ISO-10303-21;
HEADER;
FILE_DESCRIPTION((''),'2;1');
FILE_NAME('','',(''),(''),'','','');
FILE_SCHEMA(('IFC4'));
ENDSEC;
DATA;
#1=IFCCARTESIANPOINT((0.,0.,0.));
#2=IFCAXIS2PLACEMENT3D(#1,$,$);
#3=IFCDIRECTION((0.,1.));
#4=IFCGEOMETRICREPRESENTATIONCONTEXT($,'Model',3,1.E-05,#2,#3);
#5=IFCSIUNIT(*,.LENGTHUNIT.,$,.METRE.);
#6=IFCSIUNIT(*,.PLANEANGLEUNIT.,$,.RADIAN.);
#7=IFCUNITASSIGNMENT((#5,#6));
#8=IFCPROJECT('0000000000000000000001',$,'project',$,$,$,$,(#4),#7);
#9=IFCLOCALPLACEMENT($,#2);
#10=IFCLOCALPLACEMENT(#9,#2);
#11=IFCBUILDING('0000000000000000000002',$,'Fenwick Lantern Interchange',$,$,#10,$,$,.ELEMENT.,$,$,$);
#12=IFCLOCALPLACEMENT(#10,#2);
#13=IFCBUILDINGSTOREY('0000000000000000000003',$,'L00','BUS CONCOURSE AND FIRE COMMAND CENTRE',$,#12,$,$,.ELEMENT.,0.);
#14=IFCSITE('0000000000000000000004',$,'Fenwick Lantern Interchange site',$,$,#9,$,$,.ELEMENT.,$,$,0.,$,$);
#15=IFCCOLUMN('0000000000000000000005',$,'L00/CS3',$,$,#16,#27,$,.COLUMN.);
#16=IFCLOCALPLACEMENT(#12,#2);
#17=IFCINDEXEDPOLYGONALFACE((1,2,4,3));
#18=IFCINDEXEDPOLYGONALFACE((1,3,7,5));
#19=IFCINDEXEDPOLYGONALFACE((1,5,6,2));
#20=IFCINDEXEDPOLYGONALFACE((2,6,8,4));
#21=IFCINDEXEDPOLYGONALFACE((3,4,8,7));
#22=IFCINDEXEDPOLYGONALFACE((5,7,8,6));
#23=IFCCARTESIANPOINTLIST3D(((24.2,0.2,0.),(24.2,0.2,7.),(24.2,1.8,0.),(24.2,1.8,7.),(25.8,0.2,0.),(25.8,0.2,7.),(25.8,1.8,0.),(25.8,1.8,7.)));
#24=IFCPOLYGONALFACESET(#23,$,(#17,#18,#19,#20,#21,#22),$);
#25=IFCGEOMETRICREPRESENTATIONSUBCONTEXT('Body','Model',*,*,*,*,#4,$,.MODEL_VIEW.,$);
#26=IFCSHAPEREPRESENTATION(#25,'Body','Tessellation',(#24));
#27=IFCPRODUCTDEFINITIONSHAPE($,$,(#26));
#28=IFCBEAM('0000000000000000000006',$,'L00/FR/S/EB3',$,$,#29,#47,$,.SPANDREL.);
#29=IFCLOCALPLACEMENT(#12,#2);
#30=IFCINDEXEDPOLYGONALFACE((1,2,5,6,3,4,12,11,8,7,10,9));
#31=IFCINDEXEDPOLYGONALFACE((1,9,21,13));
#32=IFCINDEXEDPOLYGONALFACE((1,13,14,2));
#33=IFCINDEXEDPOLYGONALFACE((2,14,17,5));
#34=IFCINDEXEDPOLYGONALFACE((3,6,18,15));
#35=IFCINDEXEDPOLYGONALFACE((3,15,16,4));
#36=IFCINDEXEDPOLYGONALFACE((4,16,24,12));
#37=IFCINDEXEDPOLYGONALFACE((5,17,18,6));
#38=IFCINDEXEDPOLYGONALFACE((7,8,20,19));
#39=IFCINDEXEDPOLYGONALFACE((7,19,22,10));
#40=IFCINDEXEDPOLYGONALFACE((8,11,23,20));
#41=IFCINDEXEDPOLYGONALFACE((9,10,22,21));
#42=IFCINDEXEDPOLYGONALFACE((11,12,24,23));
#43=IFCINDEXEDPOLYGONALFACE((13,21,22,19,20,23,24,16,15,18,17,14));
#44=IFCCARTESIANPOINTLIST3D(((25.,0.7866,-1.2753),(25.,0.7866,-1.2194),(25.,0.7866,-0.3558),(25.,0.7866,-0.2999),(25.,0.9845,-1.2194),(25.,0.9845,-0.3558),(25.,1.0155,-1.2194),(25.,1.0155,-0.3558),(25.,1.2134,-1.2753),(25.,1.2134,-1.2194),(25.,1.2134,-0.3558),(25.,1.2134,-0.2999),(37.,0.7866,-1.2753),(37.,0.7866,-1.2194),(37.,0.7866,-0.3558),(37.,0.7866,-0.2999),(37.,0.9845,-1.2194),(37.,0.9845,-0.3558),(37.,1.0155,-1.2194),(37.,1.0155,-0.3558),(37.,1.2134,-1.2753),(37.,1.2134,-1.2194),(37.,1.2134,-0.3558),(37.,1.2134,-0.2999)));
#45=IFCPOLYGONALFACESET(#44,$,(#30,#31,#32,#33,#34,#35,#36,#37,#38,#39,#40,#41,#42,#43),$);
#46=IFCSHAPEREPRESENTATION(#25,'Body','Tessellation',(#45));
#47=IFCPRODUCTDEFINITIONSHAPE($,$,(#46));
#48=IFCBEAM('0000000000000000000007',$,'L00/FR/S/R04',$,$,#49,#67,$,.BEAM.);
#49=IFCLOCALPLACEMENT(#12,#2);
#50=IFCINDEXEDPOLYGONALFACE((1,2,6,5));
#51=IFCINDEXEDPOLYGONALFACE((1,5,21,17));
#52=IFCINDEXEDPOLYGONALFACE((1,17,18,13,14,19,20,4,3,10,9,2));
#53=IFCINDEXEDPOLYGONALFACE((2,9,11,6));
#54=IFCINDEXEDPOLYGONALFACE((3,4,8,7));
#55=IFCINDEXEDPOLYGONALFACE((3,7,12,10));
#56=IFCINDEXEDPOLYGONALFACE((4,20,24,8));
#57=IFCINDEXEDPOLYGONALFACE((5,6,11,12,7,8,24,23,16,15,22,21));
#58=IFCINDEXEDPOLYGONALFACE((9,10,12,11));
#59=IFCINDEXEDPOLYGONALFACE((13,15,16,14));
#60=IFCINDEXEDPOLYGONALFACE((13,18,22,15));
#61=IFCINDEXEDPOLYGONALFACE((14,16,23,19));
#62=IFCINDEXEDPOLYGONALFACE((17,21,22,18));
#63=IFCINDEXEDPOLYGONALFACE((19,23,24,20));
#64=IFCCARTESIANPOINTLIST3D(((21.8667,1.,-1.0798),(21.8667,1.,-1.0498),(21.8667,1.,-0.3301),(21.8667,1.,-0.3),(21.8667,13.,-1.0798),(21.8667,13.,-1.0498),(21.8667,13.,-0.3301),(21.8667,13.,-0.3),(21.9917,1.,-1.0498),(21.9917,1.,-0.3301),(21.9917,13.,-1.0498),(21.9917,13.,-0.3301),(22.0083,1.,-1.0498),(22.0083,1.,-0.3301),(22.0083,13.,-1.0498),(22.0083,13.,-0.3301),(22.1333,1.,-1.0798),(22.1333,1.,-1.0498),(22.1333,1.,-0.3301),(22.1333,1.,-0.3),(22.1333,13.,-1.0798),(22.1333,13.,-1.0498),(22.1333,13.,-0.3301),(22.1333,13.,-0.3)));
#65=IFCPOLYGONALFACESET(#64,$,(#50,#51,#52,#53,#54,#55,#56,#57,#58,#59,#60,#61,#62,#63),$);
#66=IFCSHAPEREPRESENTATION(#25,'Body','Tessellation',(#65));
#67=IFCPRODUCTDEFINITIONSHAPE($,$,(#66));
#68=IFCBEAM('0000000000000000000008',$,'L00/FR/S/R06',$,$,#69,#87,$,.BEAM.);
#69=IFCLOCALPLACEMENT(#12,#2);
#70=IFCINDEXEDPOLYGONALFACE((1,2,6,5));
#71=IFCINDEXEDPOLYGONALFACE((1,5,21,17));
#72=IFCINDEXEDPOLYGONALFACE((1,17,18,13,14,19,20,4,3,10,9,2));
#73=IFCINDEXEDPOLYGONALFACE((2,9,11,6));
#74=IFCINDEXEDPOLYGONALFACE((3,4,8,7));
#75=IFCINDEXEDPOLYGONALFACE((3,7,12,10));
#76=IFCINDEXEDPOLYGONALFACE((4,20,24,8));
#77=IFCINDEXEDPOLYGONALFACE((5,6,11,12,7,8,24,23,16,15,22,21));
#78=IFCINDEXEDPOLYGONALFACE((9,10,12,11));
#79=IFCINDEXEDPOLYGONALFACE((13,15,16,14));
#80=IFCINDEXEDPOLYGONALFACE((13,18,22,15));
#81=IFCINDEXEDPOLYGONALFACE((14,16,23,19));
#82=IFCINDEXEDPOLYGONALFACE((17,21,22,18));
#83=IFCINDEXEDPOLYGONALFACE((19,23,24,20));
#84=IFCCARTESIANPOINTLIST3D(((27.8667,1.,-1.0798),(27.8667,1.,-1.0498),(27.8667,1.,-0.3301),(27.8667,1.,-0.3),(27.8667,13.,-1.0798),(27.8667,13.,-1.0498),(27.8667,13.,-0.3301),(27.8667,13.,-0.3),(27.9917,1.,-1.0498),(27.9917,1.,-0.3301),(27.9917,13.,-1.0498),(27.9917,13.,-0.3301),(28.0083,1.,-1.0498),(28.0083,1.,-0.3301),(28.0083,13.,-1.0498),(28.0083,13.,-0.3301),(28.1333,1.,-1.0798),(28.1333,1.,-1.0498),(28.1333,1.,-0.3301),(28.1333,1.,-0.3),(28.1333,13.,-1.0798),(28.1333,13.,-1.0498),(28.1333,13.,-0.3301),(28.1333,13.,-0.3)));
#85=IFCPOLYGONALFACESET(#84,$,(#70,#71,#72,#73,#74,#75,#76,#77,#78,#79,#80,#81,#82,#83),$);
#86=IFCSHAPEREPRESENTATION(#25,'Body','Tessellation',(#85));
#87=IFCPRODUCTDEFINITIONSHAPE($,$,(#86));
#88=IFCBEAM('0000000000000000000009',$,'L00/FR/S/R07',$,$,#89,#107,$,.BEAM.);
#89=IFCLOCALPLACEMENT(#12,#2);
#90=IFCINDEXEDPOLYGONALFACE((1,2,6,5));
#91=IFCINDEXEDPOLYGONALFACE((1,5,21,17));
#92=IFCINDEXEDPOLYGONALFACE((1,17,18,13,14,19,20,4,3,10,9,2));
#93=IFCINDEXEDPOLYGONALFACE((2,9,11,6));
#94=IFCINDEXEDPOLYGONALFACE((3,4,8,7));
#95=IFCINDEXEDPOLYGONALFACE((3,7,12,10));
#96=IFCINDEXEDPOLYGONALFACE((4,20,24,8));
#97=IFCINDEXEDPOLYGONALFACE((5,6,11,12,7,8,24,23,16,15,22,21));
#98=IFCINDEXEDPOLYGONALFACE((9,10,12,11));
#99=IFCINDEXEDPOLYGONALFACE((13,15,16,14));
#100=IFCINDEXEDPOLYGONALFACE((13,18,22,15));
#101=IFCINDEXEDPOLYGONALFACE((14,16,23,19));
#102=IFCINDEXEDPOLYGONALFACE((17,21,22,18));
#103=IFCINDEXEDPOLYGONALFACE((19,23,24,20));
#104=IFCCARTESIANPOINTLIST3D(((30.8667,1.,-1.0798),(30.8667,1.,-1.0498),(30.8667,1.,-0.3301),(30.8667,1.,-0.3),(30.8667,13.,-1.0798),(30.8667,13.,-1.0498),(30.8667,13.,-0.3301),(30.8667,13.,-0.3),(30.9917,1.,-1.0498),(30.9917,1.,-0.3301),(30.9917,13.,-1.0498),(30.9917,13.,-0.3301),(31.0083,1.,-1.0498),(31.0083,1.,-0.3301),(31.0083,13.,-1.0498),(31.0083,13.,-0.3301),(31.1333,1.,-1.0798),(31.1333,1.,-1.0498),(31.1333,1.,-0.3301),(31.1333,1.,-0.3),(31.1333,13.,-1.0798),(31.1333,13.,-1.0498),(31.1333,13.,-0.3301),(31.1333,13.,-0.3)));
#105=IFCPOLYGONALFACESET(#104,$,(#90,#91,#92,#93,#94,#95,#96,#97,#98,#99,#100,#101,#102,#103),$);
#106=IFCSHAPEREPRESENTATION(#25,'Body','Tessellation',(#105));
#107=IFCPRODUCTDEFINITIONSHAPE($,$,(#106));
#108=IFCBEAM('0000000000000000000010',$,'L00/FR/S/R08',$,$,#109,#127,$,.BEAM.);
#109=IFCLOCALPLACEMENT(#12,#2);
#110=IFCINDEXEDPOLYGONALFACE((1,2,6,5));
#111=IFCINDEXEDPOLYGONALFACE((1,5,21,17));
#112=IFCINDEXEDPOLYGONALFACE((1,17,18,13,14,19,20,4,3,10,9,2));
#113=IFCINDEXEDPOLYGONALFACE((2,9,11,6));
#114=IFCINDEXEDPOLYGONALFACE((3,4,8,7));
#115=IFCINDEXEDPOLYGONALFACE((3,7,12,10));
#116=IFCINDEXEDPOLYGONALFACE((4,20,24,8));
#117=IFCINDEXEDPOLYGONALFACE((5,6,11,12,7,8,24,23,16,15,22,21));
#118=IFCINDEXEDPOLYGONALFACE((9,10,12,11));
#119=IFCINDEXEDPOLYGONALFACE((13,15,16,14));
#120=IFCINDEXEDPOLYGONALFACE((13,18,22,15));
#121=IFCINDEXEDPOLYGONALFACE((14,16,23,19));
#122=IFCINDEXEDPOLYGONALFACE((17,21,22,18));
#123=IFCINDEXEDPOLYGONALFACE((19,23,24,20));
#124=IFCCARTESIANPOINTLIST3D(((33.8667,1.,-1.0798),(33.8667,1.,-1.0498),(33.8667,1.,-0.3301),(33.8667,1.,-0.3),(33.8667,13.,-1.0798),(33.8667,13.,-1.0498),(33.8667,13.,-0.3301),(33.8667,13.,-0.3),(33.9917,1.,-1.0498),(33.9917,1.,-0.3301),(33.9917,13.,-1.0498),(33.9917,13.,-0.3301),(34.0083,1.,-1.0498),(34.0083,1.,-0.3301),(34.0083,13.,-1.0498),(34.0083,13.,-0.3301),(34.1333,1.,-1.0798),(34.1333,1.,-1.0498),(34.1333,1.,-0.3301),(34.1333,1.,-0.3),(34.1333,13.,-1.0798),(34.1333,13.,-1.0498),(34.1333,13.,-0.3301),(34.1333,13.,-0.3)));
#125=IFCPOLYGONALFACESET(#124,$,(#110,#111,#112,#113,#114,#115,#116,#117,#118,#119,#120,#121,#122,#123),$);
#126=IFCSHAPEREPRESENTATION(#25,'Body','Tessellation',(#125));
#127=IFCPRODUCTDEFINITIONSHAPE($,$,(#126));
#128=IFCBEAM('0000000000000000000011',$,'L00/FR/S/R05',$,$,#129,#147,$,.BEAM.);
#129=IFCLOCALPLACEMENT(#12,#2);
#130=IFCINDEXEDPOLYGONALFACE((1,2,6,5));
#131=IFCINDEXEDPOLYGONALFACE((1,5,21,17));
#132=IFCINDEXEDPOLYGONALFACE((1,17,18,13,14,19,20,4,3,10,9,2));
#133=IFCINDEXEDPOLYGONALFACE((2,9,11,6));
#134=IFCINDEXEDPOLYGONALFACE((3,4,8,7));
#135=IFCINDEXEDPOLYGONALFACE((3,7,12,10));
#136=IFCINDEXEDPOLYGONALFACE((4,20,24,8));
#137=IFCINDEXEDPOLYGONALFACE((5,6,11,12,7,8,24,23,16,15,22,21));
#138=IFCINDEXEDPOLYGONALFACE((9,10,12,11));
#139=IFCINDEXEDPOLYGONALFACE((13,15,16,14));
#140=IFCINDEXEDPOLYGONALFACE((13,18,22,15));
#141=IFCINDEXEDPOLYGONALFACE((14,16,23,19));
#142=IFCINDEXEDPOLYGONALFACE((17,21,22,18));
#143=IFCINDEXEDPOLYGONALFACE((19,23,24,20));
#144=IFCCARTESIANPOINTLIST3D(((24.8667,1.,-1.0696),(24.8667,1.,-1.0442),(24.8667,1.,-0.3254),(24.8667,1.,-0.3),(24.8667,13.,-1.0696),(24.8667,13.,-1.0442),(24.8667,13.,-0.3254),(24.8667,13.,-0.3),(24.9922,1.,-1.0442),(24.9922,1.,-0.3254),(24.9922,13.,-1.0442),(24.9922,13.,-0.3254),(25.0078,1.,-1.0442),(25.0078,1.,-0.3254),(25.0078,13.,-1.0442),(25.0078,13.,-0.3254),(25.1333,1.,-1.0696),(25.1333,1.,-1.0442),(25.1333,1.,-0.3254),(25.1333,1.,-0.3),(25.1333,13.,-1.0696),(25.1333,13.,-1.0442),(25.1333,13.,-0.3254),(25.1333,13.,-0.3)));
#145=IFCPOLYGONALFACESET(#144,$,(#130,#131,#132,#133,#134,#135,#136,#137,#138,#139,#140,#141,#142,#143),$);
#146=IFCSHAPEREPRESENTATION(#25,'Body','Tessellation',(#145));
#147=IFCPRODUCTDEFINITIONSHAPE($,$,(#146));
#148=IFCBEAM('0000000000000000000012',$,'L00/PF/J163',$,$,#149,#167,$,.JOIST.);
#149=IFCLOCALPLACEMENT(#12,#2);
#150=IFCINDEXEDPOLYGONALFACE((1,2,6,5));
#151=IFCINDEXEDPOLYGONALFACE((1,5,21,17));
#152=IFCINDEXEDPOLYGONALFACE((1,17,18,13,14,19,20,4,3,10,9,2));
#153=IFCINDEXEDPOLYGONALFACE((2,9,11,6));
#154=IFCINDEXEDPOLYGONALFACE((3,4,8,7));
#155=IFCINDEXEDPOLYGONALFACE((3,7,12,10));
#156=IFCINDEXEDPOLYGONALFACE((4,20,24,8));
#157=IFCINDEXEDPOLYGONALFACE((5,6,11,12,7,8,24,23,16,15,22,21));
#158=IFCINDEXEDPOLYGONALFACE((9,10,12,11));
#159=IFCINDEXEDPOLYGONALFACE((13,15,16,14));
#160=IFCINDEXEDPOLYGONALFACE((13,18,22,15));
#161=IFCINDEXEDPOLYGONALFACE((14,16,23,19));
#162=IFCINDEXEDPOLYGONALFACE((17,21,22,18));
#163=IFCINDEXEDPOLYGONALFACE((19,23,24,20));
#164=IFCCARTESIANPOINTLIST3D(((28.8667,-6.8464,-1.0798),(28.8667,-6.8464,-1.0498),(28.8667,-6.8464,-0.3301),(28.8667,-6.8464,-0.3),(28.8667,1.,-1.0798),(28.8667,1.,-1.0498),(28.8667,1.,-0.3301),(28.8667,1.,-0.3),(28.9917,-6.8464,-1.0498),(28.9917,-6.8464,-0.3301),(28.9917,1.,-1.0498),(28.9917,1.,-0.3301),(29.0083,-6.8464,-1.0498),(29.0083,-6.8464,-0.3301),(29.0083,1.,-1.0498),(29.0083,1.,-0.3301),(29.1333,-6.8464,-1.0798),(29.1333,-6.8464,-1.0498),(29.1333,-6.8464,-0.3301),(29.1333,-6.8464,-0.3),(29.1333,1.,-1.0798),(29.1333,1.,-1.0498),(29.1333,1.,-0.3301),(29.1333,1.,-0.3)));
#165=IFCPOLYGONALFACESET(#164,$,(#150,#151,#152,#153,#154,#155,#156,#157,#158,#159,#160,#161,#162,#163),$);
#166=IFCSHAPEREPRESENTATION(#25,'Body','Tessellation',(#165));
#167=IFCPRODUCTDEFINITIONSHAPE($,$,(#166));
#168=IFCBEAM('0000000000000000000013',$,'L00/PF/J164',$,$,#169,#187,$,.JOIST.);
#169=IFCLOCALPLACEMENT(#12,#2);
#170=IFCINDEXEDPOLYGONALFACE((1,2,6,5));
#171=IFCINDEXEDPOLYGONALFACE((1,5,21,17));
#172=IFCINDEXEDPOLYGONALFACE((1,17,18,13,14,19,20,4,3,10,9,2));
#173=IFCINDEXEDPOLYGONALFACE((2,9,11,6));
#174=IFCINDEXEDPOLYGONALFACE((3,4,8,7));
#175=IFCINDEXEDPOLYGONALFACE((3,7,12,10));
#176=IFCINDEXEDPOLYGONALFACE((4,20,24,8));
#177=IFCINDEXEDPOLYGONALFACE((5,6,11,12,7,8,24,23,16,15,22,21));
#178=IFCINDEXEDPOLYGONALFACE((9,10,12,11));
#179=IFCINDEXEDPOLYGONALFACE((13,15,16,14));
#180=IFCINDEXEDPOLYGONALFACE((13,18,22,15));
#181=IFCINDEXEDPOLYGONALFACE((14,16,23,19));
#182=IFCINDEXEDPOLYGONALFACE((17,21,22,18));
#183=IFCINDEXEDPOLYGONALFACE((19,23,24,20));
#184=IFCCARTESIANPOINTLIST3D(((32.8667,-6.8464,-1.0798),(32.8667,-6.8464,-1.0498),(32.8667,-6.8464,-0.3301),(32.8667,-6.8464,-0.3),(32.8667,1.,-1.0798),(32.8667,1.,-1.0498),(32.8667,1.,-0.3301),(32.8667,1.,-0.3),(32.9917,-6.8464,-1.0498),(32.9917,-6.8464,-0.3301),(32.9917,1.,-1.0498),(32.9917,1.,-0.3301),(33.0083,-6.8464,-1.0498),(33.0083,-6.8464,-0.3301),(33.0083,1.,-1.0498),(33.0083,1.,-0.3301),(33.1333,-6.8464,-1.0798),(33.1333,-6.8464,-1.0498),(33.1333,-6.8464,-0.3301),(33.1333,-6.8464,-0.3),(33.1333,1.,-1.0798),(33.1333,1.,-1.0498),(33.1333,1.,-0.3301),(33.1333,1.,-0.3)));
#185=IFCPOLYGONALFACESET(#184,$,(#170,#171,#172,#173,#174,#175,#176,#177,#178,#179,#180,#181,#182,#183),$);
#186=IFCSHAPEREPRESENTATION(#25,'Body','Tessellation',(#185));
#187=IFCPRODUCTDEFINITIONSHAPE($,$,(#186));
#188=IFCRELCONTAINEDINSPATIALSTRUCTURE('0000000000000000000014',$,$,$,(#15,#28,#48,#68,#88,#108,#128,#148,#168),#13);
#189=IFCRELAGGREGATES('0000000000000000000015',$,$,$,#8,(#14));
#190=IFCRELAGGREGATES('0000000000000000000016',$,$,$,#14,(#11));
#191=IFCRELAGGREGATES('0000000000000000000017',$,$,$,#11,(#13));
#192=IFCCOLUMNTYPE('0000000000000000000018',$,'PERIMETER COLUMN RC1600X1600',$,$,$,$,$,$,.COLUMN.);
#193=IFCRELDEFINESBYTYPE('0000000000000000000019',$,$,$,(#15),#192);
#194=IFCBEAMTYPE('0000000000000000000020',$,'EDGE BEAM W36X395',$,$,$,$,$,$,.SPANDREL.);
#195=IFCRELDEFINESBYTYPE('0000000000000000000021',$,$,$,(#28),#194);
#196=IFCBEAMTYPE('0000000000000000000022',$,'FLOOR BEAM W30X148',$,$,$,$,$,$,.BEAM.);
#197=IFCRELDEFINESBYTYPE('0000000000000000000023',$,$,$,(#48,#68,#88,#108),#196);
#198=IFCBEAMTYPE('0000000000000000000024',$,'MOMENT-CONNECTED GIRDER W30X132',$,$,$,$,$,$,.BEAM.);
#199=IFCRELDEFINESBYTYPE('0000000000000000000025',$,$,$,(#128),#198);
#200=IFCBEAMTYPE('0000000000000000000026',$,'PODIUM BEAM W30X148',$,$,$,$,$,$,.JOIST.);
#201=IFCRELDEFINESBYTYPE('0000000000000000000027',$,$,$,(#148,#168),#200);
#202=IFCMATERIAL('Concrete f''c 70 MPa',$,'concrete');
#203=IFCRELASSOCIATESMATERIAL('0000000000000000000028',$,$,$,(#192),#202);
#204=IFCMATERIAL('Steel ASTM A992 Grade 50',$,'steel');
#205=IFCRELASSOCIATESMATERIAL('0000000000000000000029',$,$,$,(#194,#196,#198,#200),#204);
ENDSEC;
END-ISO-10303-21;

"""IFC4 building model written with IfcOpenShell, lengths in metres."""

from ifc_helpers import new_model, si_unit, direction, frame, origin, origin_2d, place, context, subcontext, project, spatial, rectangle, i_section, extrude, material, material_profile, profile_set, type_object, element, save


model = new_model("IFC4")

# Units and contexts
model_context = context("Model", 3, precision=1e-05, world=origin(), true_north=direction((0.0, 1.0)))
body_context = subcontext(model_context, "Body", "Model", "MODEL_VIEW")
ifc_project = project(units=[si_unit("LENGTHUNIT", "METRE"), si_unit("PLANEANGLEUNIT", "RADIAN")], contexts=[model_context])

# Site, building, storey
site_placement = place(None, origin())
site = spatial("IfcSite", under=ifc_project, at=site_placement, Name="Fenwick Lantern Interchange site", CompositionType="ELEMENT", RefElevation=0.0)
building_placement = place(site_placement, origin())
building = spatial("IfcBuilding", under=site, at=building_placement, Name="Fenwick Lantern Interchange", CompositionType="ELEMENT")
storey_placement = place(building_placement, origin())
storey = spatial("IfcBuildingStorey", under=building, at=storey_placement, Name="L00", Description="BUS CONCOURSE AND FIRE COMMAND CENTRE", CompositionType="ELEMENT", Elevation=0.0)

# Column
ifc_material_1 = material(Name="Concrete f'c 70 MPa", Category="concrete")
ifc_material_profile_1 = material_profile(ifc_material_1, rectangle(XDim=1.6001, YDim=1.6001, at=origin_2d()), Name="RC1600X1600")
ifc_profile_set_1 = profile_set([ifc_material_profile_1], Name="Concrete f'c 70 MPa")
column_type = type_object("IfcColumnType", Name="PERIMETER COLUMN RC1600X1600", PredefinedType="COLUMN", material=ifc_profile_set_1)
column_placement = place(storey_placement, frame((25.0, 1.0, 0.0), z_axis=(0.0, 0.0, 1.0), x_axis=(1.0, 0.0, 0.0)))
element("IfcColumn", 1, at=column_placement, inside=storey, type_object=column_type, Name="L00/CS3", PredefinedType="COLUMN", context=body_context, shape_type="SweptSolid", body=[
    extrude(rectangle(XDim=1.6001, YDim=1.6001, at=origin_2d()), origin(), (0.0, 0.0, 1.0), 7.0),
])

# Beams
ifc_material_2 = material(Name="Steel ASTM A992 Grade 50", Category="steel")
ifc_material_profile_2 = material_profile(ifc_material_2, i_section(OverallWidth=0.4268, OverallDepth=0.9753, WebThickness=0.031, FlangeThickness=0.0559, at=origin_2d()), Name="W36X395")
ifc_profile_set_2 = profile_set([ifc_material_profile_2], Name="Steel ASTM A992 Grade 50")
beam_type_1 = type_object("IfcBeamType", Name="EDGE BEAM W36X395", PredefinedType="SPANDREL", material=ifc_profile_set_2)
beam_1_placement = place(storey_placement, frame((25.0, 1.0, -0.7876), z_axis=(1.0, 0.0, 0.0), x_axis=(0.0, 1.0, 0.0)))
element("IfcBeam", 2, at=beam_1_placement, inside=storey, type_object=beam_type_1, Name="L00/FR/S/EB3", PredefinedType="SPANDREL", context=body_context, shape_type="SweptSolid", body=[
    extrude(i_section(OverallWidth=0.4268, OverallDepth=0.9753, WebThickness=0.031, FlangeThickness=0.0559, at=origin_2d()), origin(), (0.0, 0.0, 1.0), 12.0),
])
ifc_material_profile_3 = material_profile(ifc_material_2, i_section(OverallWidth=0.2666, OverallDepth=0.7798, WebThickness=0.0166, FlangeThickness=0.03, at=origin_2d()), Name="W30X148")
ifc_profile_set_3 = profile_set([ifc_material_profile_3], Name="Steel ASTM A992 Grade 50")
beam_type_2 = type_object("IfcBeamType", Name="FLOOR BEAM W30X148", PredefinedType="BEAM", material=ifc_profile_set_3)
for number, where, z_axis, x_axis, name in (
    (3, (22.0, 1.0, -0.6899), (0.0, 1.0, 0.0), (-1.0, 0.0, 0.0), "L00/FR/S/R04"),
    (4, (28.0, 1.0, -0.6899), (0.0, 1.0, 0.0), (-1.0, 0.0, 0.0), "L00/FR/S/R06"),
    (5, (31.0, 1.0, -0.6899), (0.0, 1.0, 0.0), (-1.0, 0.0, 0.0), "L00/FR/S/R07"),
    (6, (34.0, 1.0, -0.6899), (0.0, 1.0, 0.0), (-1.0, 0.0, 0.0), "L00/FR/S/R08"),
):
    element("IfcBeam", number, at=place(storey_placement, frame(where, z_axis=z_axis, x_axis=x_axis)), inside=storey, type_object=beam_type_2, Name=name, PredefinedType="BEAM", context=body_context, shape_type="SweptSolid", body=[
        extrude(i_section(OverallWidth=0.2666, OverallDepth=0.7798, WebThickness=0.0166, FlangeThickness=0.03, at=origin_2d()), origin(), (0.0, 0.0, 1.0), 12.0),
    ])
ifc_material_profile_4 = material_profile(ifc_material_2, i_section(OverallWidth=0.2666, OverallDepth=0.7695, WebThickness=0.0156, FlangeThickness=0.0254, at=origin_2d()), Name="W30X132")
ifc_profile_set_4 = profile_set([ifc_material_profile_4], Name="Steel ASTM A992 Grade 50")
beam_type_3 = type_object("IfcBeamType", Name="MOMENT-CONNECTED GIRDER W30X132", PredefinedType="BEAM", material=ifc_profile_set_4)
beam_2_placement = place(storey_placement, frame((25.0, 1.0, -0.6848), z_axis=(0.0, 1.0, 0.0), x_axis=(-1.0, 0.0, 0.0)))
element("IfcBeam", 7, at=beam_2_placement, inside=storey, type_object=beam_type_3, Name="L00/FR/S/R05", PredefinedType="BEAM", context=body_context, shape_type="SweptSolid", body=[
    extrude(i_section(OverallWidth=0.2666, OverallDepth=0.7695, WebThickness=0.0156, FlangeThickness=0.0254, at=origin_2d()), origin(), (0.0, 0.0, 1.0), 12.0),
])
ifc_material_profile_5 = material_profile(ifc_material_2, i_section(OverallWidth=0.2666, OverallDepth=0.7798, WebThickness=0.0166, FlangeThickness=0.03, at=origin_2d()), Name="W30X148")
ifc_profile_set_5 = profile_set([ifc_material_profile_5], Name="Steel ASTM A992 Grade 50")
beam_type_4 = type_object("IfcBeamType", Name="PODIUM BEAM W30X148", PredefinedType="JOIST", material=ifc_profile_set_5)
for number, where, z_axis, x_axis, name in (
    (8, (29.0, -6.8464, -0.6899), (0.0, 1.0, 0.0), (-1.0, 0.0, 0.0), "L00/PF/J163"),
    (9, (33.0, -6.8464, -0.6899), (0.0, 1.0, 0.0), (-1.0, 0.0, 0.0), "L00/PF/J164"),
):
    element("IfcBeam", number, at=place(storey_placement, frame(where, z_axis=z_axis, x_axis=x_axis)), inside=storey, type_object=beam_type_4, Name=name, PredefinedType="JOIST", context=body_context, shape_type="SweptSolid", body=[
        extrude(i_section(OverallWidth=0.2666, OverallDepth=0.7798, WebThickness=0.0166, FlangeThickness=0.03, at=origin_2d()), origin(), (0.0, 0.0, 1.0), 7.8464),
    ])

save(model, "model.ifc")
